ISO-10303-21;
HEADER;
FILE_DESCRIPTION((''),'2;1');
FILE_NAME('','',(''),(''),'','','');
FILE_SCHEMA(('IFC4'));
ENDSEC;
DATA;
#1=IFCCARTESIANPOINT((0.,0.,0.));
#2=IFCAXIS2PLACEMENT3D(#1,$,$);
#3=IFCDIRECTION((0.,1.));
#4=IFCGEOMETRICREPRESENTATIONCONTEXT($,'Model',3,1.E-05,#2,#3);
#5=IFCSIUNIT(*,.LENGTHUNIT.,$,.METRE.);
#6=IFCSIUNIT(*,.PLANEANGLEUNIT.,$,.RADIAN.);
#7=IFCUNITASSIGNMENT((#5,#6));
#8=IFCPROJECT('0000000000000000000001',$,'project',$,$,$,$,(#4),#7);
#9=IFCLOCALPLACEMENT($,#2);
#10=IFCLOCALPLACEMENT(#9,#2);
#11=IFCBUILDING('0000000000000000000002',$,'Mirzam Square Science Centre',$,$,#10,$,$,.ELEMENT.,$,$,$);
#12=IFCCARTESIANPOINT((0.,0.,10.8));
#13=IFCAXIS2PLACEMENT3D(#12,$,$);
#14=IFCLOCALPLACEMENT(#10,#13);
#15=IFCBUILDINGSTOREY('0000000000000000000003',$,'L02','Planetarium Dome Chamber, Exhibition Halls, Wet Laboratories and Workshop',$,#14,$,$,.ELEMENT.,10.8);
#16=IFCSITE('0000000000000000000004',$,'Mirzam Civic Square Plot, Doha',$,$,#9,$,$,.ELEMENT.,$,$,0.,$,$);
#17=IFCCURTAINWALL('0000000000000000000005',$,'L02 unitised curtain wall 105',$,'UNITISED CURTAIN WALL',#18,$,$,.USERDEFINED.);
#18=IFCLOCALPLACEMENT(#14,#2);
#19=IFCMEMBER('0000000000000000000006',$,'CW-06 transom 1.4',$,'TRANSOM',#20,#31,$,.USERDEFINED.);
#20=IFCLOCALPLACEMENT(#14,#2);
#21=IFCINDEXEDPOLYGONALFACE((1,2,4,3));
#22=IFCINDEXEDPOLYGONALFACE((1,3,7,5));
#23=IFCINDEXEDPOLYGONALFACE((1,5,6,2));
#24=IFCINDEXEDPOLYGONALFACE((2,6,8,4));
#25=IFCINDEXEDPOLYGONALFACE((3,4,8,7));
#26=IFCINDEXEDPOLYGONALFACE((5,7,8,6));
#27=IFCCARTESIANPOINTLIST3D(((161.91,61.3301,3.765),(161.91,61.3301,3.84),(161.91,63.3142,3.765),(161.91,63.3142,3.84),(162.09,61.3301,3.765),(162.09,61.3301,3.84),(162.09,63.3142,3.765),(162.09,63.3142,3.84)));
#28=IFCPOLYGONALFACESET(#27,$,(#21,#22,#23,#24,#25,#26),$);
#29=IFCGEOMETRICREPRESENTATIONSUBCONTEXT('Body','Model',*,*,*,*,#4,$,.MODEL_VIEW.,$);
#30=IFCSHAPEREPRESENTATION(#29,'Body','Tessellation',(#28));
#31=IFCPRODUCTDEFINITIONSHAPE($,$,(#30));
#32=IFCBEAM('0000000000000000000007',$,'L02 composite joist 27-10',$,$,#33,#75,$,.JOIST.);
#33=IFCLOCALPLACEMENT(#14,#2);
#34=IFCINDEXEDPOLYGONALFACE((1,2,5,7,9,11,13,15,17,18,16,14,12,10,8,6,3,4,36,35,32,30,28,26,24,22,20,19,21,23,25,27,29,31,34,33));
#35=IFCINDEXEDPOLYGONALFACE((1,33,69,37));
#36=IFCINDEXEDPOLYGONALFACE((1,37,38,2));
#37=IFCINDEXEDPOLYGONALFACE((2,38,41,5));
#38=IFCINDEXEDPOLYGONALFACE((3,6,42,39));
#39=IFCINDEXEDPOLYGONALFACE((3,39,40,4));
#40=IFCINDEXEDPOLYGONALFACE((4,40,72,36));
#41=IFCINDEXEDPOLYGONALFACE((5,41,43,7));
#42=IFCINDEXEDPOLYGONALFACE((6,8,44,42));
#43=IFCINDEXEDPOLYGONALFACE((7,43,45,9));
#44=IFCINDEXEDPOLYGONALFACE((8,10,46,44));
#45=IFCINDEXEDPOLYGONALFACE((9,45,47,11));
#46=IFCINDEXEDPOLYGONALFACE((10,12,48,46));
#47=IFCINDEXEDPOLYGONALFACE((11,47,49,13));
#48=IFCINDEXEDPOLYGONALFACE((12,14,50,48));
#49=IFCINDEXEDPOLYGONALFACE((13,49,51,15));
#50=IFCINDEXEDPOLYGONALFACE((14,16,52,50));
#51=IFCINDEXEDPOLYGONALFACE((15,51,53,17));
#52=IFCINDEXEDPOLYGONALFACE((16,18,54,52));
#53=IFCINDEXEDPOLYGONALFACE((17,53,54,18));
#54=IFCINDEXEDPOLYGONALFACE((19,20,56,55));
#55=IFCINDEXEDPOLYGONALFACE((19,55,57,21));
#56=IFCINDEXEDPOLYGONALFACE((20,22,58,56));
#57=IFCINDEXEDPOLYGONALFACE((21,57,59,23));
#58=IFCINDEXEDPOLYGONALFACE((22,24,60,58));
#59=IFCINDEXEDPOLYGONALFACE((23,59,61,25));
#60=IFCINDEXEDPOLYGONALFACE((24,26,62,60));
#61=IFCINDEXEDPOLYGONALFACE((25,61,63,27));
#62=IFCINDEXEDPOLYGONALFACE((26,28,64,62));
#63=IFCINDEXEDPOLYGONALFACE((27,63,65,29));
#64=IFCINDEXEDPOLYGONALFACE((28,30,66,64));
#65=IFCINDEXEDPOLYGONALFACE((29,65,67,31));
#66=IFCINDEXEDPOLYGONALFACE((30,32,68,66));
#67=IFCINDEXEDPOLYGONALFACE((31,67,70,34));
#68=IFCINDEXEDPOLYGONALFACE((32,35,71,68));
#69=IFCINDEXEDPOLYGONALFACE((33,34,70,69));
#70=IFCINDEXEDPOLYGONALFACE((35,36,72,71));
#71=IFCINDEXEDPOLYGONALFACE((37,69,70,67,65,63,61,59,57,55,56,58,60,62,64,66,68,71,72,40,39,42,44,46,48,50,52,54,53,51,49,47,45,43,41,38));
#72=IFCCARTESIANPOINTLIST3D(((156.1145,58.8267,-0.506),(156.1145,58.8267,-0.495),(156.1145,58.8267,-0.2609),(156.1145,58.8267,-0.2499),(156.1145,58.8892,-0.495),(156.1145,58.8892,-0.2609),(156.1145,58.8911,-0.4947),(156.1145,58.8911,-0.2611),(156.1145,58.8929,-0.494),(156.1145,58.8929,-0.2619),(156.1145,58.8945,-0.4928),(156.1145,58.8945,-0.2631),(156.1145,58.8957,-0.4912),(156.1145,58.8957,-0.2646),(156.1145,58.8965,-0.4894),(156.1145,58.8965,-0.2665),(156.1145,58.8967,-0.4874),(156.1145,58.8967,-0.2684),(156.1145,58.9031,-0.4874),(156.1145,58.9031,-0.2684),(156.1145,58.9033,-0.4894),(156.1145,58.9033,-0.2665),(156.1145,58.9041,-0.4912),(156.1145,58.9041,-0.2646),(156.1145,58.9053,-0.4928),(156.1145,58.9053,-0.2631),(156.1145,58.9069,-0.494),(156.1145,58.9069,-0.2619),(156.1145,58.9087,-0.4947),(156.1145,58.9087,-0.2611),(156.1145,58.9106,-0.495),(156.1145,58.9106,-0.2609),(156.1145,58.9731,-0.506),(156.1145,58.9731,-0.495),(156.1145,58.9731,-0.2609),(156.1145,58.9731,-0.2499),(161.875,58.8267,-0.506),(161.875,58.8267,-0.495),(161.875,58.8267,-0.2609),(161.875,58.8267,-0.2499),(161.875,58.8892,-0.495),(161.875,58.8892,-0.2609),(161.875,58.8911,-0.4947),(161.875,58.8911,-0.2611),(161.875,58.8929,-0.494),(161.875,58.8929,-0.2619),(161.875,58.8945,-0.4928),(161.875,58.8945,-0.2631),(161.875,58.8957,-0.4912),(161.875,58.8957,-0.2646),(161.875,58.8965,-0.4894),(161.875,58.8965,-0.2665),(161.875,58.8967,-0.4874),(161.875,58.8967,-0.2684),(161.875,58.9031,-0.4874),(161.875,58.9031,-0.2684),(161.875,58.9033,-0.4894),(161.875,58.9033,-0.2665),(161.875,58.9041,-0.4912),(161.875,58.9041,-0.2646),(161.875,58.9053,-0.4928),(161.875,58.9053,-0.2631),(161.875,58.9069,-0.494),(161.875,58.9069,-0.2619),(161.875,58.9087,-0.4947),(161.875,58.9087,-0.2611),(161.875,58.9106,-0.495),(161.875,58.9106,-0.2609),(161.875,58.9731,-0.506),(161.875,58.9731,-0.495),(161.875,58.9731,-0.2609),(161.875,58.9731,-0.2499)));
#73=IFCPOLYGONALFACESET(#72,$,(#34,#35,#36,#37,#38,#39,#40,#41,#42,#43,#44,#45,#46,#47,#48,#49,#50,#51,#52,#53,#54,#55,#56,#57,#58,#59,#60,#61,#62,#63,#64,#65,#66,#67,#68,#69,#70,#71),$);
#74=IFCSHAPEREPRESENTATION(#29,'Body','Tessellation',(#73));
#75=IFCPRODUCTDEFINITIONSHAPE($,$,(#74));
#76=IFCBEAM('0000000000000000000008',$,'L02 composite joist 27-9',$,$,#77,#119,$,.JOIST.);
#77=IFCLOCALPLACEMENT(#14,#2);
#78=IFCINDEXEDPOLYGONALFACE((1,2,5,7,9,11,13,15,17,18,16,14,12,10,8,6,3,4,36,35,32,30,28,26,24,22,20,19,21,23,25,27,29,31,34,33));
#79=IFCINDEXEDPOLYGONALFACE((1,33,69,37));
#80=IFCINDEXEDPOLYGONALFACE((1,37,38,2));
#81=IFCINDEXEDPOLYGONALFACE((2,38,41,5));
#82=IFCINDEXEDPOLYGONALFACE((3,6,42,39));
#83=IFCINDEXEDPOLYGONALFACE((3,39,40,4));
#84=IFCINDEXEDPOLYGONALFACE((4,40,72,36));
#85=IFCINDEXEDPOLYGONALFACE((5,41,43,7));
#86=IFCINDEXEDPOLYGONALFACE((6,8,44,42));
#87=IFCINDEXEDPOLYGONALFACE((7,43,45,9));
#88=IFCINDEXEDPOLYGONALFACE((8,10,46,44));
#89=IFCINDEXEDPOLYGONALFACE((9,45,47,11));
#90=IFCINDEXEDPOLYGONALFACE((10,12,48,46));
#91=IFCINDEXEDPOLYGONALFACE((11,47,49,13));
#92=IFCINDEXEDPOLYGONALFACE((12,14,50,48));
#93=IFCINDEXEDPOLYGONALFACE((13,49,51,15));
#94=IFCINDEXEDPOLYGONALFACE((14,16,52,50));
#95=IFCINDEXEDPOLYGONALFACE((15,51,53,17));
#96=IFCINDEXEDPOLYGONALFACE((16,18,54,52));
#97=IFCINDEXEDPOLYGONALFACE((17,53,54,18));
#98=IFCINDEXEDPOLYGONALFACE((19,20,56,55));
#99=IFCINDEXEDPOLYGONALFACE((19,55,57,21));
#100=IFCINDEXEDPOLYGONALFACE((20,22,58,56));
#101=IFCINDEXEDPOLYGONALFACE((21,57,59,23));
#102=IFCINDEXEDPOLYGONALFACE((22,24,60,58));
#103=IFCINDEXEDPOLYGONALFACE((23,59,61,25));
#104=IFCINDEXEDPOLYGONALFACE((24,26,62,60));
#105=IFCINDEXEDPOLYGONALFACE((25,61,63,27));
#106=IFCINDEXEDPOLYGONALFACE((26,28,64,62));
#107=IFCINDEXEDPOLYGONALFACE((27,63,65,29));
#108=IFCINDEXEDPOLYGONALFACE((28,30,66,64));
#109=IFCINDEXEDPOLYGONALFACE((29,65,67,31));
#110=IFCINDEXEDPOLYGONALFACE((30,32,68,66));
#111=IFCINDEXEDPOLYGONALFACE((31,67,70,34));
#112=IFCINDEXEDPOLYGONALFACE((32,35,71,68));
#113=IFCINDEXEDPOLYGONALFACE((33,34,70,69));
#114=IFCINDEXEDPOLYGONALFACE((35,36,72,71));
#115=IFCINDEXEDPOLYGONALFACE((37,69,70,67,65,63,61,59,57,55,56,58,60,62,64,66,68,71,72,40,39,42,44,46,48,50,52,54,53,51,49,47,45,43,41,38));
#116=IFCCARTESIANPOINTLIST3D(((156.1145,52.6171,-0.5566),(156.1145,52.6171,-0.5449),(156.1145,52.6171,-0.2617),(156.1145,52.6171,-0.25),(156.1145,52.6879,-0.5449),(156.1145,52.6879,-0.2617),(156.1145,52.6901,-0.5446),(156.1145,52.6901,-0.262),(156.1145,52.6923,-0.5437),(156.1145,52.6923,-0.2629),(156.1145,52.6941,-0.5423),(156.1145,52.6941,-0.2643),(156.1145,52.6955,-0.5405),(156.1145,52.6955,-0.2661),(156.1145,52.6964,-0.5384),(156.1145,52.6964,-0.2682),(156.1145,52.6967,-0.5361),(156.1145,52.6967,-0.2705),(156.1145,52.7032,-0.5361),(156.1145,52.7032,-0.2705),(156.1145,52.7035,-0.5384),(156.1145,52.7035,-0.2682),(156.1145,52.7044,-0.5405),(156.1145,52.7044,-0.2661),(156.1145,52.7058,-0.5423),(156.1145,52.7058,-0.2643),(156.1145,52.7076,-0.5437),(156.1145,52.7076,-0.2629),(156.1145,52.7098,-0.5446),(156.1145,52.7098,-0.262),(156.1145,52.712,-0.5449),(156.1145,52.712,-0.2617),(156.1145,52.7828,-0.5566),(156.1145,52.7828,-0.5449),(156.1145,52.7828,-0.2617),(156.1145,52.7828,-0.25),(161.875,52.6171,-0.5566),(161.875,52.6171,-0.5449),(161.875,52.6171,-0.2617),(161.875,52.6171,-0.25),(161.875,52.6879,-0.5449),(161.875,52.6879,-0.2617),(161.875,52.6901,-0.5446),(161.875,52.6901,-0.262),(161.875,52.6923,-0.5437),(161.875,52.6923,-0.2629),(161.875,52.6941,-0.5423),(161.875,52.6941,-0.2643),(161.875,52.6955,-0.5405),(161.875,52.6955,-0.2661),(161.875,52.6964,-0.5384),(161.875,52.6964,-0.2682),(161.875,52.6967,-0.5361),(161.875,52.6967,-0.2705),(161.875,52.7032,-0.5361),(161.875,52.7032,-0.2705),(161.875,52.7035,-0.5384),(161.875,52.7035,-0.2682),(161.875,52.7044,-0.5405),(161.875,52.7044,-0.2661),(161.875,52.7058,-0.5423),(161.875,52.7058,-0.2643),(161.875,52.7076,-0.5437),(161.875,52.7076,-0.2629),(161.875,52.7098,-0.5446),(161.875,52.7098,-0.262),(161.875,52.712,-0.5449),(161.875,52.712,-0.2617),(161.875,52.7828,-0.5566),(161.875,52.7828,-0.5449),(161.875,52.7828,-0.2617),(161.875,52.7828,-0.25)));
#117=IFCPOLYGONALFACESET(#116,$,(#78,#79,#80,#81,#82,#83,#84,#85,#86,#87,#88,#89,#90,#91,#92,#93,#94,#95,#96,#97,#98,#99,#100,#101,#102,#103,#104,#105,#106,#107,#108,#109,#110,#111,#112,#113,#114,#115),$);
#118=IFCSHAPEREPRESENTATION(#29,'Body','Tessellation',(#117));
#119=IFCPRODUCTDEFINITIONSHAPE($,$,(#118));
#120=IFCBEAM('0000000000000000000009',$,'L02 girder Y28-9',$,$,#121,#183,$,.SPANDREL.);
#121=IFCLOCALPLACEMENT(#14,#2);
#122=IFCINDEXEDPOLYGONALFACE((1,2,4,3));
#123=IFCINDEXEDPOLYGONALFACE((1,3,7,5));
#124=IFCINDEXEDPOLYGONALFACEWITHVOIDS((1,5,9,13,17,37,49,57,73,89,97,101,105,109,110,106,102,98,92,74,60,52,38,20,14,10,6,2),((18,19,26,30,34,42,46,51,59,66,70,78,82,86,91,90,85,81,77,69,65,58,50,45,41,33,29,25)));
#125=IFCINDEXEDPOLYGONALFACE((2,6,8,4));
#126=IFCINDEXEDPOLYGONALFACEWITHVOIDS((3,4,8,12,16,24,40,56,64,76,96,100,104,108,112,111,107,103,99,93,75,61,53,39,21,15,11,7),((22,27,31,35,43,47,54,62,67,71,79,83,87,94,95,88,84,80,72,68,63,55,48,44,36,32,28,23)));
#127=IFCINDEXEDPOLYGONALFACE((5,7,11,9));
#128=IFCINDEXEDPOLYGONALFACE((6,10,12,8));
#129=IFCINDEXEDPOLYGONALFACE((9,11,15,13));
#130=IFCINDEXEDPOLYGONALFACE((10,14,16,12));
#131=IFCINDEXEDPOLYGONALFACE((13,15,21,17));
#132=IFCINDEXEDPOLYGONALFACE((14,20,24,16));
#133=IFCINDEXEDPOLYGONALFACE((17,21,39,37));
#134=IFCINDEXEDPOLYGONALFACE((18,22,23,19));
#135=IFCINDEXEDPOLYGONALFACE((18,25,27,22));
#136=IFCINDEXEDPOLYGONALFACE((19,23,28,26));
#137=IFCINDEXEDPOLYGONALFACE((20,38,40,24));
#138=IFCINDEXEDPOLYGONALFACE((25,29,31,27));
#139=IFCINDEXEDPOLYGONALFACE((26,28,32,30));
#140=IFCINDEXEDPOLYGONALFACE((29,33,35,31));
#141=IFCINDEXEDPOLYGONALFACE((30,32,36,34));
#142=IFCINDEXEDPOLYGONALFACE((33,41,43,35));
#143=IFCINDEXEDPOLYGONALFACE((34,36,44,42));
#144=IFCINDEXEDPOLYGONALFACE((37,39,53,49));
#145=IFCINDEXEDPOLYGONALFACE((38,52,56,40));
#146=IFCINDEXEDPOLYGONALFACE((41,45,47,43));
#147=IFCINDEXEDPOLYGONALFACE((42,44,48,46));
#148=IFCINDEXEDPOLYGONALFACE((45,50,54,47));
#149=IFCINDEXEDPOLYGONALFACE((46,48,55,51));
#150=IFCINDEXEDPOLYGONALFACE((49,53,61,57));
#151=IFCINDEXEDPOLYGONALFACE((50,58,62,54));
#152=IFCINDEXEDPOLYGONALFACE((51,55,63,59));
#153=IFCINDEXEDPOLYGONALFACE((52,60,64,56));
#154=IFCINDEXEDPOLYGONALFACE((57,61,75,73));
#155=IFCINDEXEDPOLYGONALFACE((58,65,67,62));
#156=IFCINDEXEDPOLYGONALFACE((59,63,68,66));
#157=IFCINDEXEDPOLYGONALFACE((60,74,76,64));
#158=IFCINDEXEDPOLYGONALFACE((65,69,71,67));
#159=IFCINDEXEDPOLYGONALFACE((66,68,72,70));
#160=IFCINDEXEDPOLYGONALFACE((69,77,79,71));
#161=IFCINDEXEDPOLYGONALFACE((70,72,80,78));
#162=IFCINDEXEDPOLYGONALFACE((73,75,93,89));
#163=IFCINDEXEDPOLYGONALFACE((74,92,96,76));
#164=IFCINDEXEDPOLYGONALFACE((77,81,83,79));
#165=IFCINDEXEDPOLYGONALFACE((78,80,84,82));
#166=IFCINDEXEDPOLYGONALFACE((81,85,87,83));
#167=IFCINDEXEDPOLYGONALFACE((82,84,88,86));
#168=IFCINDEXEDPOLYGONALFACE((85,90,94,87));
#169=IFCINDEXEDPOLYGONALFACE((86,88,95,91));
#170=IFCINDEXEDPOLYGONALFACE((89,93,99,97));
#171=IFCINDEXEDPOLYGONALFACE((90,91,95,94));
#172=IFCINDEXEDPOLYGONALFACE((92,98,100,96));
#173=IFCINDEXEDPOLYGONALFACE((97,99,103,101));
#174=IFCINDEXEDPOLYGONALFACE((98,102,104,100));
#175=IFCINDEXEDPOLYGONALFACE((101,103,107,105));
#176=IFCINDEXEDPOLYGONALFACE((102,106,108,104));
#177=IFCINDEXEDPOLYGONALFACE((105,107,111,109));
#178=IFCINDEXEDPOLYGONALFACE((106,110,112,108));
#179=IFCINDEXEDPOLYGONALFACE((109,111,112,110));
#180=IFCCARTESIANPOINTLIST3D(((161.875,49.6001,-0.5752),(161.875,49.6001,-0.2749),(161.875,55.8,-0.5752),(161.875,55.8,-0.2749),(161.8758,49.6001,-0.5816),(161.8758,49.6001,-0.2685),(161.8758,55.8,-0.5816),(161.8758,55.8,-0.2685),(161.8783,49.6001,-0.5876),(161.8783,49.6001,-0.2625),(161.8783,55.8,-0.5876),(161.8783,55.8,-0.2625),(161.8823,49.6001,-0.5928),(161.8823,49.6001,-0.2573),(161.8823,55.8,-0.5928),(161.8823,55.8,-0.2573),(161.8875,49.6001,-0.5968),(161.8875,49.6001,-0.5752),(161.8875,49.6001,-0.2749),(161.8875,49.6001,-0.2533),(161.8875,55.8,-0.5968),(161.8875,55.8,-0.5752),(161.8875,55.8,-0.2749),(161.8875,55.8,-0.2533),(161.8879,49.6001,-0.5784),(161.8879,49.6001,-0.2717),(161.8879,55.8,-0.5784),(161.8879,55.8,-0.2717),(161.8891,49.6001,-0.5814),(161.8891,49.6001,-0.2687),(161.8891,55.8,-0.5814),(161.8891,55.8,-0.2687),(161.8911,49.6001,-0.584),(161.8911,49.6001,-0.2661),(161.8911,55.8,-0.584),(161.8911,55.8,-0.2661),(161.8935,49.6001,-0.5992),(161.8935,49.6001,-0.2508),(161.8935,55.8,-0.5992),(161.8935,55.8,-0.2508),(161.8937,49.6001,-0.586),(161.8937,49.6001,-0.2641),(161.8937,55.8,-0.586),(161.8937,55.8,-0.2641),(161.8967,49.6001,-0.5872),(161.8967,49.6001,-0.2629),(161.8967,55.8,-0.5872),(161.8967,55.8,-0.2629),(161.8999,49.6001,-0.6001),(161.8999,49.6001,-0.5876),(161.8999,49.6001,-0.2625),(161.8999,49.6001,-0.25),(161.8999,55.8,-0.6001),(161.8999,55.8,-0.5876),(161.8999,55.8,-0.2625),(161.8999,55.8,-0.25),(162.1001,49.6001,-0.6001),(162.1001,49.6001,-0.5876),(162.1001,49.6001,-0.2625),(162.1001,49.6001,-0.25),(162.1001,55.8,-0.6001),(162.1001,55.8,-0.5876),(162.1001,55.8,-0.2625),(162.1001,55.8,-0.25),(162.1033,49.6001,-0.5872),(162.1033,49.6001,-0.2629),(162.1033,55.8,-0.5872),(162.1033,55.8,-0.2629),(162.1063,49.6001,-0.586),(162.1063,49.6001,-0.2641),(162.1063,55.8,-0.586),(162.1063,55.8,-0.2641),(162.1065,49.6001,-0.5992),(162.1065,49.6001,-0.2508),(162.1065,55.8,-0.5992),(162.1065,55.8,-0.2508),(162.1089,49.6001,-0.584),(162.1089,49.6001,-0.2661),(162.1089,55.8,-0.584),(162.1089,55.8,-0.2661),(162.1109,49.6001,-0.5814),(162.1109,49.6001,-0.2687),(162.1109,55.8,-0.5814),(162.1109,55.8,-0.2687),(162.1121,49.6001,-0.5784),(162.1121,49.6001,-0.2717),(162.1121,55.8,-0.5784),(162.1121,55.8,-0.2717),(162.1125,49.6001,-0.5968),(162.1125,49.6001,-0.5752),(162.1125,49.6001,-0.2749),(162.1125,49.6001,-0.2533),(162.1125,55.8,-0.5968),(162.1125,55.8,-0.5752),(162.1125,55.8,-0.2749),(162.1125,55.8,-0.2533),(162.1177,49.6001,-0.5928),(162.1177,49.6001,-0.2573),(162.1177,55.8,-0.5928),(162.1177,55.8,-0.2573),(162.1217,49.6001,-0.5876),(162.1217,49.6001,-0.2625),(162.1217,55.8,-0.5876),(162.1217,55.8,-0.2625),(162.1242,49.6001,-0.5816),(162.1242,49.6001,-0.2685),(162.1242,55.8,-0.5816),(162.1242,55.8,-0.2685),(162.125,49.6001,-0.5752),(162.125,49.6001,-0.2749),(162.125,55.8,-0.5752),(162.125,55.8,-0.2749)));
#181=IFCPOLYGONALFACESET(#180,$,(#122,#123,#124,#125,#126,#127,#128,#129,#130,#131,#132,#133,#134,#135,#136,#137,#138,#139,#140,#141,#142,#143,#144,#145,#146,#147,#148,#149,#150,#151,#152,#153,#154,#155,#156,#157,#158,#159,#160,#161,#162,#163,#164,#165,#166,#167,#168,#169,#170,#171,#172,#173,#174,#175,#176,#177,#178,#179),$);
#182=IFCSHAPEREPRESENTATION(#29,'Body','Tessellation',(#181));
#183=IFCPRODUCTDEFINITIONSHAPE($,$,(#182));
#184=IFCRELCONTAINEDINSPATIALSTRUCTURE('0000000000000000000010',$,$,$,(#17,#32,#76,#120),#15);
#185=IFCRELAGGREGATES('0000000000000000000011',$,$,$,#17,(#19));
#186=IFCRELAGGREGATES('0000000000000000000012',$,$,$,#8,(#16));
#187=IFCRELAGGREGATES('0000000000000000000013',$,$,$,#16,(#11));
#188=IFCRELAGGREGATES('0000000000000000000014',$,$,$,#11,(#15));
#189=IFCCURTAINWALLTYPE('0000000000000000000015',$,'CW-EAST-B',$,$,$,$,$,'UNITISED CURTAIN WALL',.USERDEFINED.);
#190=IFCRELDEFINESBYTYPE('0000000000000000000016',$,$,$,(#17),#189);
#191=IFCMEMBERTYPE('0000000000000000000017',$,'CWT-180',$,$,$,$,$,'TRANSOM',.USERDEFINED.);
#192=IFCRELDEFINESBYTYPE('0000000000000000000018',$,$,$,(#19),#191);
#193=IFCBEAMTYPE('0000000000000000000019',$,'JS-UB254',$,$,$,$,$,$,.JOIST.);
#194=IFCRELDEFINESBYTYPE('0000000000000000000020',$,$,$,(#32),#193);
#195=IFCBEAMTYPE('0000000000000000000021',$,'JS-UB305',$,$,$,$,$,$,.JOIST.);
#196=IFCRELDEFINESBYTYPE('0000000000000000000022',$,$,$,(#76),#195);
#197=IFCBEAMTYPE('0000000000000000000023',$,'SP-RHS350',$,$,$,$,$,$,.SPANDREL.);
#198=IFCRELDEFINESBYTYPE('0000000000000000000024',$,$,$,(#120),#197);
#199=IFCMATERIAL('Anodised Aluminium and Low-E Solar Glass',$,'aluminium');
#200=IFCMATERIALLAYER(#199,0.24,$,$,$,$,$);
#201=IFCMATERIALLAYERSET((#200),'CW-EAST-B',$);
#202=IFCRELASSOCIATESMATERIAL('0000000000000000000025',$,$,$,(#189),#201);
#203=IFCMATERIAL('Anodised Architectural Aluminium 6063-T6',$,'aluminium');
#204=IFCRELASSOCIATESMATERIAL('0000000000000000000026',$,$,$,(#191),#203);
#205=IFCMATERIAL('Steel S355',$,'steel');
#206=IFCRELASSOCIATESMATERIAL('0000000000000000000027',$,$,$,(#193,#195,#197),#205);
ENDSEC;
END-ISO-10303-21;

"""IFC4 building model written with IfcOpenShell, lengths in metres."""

from ifc_helpers import new_model, si_unit, direction, frame, origin, origin_2d, place, context, subcontext, project, spatial, rectangle, hollow_rectangle, i_section, extrude, material, layer, layer_set, material_profile, profile_set, type_object, element, aggregate, save


model = new_model("IFC4")

# Units and contexts
model_context = context("Model", 3, precision=1e-05, world=origin(), true_north=direction((0.0, 1.0)))
body_context = subcontext(model_context, "Body", "Model", "MODEL_VIEW")
ifc_project = project(units=[si_unit("LENGTHUNIT", "METRE"), si_unit("PLANEANGLEUNIT", "RADIAN")], contexts=[model_context])

# Site, building, storey
site_placement = place(None, origin())
site = spatial("IfcSite", under=ifc_project, at=site_placement, Name="Mirzam Civic Square Plot, Doha", CompositionType="ELEMENT", RefElevation=0.0)
building_placement = place(site_placement, origin())
building = spatial("IfcBuilding", under=site, at=building_placement, Name="Mirzam Square Science Centre", CompositionType="ELEMENT")
storey_placement = place(building_placement, frame((0.0, 0.0, 10.8)))
storey = spatial("IfcBuildingStorey", under=building, at=storey_placement, Name="L02", Description="Planetarium Dome Chamber, Exhibition Halls, Wet Laboratories and Workshop", CompositionType="ELEMENT", Elevation=10.8)

# Shared definitions
ifc_material_1 = material(Name="Steel S355", Category="steel")

# Curtain wall, member
ifc_material_2 = material(Name="Anodised Aluminium and Low-E Solar Glass", Category="aluminium")
ifc_layer_1 = layer(ifc_material_2, 0.24)
ifc_layer_set_1 = layer_set([ifc_layer_1], Name="CW-EAST-B")
curtain_wall_type = type_object("IfcCurtainWallType", Name="CW-EAST-B", ElementType="UNITISED CURTAIN WALL", PredefinedType="USERDEFINED", material=ifc_layer_set_1)
curtain_wall_placement = place(storey_placement, origin())
curtain_wall = element("IfcCurtainWall", 1, at=curtain_wall_placement, inside=storey, type_object=curtain_wall_type, Name="L02 unitised curtain wall 105", ObjectType="UNITISED CURTAIN WALL", PredefinedType="USERDEFINED")
ifc_material_3 = material(Name="Anodised Architectural Aluminium 6063-T6", Category="aluminium")
ifc_material_profile_1 = material_profile(ifc_material_3, rectangle(XDim=0.1799, YDim=0.075, at=origin_2d()), Name="ALU-TRAN-180x75x5")
ifc_profile_set_1 = profile_set([ifc_material_profile_1], Name="Anodised Architectural Aluminium 6063-T6")
member_type_1 = type_object("IfcMemberType", Name="CWT-180", ElementType="TRANSOM", PredefinedType="USERDEFINED", material=ifc_profile_set_1)
member_1_placement = place(storey_placement, frame((162.0, 61.3301, 3.8025), z_axis=(0.0, 1.0, 0.0), x_axis=(-1.0, 0.0, 0.0)))
member_1 = element("IfcMember", 2, at=member_1_placement, type_object=member_type_1, Name="CW-06 transom 1.4", ObjectType="TRANSOM", PredefinedType="USERDEFINED", context=body_context, shape_type="SweptSolid", body=[
    extrude(rectangle(XDim=0.1799, YDim=0.075, at=origin_2d()), origin(), (0.0, 0.0, 1.0), 1.9841),
])
aggregate(curtain_wall, [member_1])

# Beams
ifc_material_profile_2 = material_profile(ifc_material_1, i_section(OverallWidth=0.1465, OverallDepth=0.2561, WebThickness=0.0063, FlangeThickness=0.011, FilletRadius=0.0076, at=origin_2d()), Name="254x146x37UB")
ifc_profile_set_2 = profile_set([ifc_material_profile_2], Name="Steel S355")
beam_type_1 = type_object("IfcBeamType", Name="JS-UB254", PredefinedType="JOIST", material=ifc_profile_set_2)
beam_1_placement = place(storey_placement, frame((156.1145, 58.8999, -0.3779), z_axis=(1.0, 0.0, 0.0), x_axis=(0.0, 1.0, 0.0)))
element("IfcBeam", 3, at=beam_1_placement, inside=storey, type_object=beam_type_1, Name="L02 composite joist 27-10", PredefinedType="JOIST", context=body_context, shape_type="SweptSolid", body=[
    extrude(i_section(OverallWidth=0.1465, OverallDepth=0.2561, WebThickness=0.0063, FlangeThickness=0.011, FilletRadius=0.0076, at=origin_2d()), origin(), (0.0, 0.0, 1.0), 5.7605),
])
ifc_material_profile_3 = material_profile(ifc_material_1, i_section(OverallWidth=0.1658, OverallDepth=0.3066, WebThickness=0.0066, FlangeThickness=0.0117, FilletRadius=0.0088, at=origin_2d()), Name="305x165x46UB")
ifc_profile_set_3 = profile_set([ifc_material_profile_3], Name="Steel S355")
beam_type_2 = type_object("IfcBeamType", Name="JS-UB305", PredefinedType="JOIST", material=ifc_profile_set_3)
beam_2_placement = place(storey_placement, frame((156.1145, 52.7, -0.4033), z_axis=(1.0, 0.0, 0.0), x_axis=(0.0, 1.0, 0.0)))
element("IfcBeam", 4, at=beam_2_placement, inside=storey, type_object=beam_type_2, Name="L02 composite joist 27-9", PredefinedType="JOIST", context=body_context, shape_type="SweptSolid", body=[
    extrude(i_section(OverallWidth=0.1658, OverallDepth=0.3066, WebThickness=0.0066, FlangeThickness=0.0117, FilletRadius=0.0088, at=origin_2d()), origin(), (0.0, 0.0, 1.0), 5.7605),
])
ifc_material_profile_4 = material_profile(ifc_material_1, hollow_rectangle(XDim=0.25, YDim=0.3501, WallThickness=0.0125, InnerFilletRadius=0.0125, OuterFilletRadius=0.0249, at=origin_2d()), Name="350x250x12.5RHS")
ifc_profile_set_4 = profile_set([ifc_material_profile_4], Name="Steel S355")
beam_type_3 = type_object("IfcBeamType", Name="SP-RHS350", PredefinedType="SPANDREL", material=ifc_profile_set_4)
for number, where, z_axis, x_axis, name in (
    (5, (162.0, 49.6001, -0.425), (0.0, 1.0, 0.0), (-1.0, 0.0, 0.0), "L02 girder Y28-9"),
):
    element("IfcBeam", number, at=place(storey_placement, frame(where, z_axis=z_axis, x_axis=x_axis)), inside=storey, type_object=beam_type_3, Name=name, PredefinedType="SPANDREL", context=body_context, shape_type="SweptSolid", body=[
        extrude(hollow_rectangle(XDim=0.25, YDim=0.3501, WallThickness=0.0125, InnerFilletRadius=0.0125, OuterFilletRadius=0.0249, at=origin_2d()), origin(), (0.0, 0.0, 1.0), 6.2),
    ])

save(model, "model.ifc")
